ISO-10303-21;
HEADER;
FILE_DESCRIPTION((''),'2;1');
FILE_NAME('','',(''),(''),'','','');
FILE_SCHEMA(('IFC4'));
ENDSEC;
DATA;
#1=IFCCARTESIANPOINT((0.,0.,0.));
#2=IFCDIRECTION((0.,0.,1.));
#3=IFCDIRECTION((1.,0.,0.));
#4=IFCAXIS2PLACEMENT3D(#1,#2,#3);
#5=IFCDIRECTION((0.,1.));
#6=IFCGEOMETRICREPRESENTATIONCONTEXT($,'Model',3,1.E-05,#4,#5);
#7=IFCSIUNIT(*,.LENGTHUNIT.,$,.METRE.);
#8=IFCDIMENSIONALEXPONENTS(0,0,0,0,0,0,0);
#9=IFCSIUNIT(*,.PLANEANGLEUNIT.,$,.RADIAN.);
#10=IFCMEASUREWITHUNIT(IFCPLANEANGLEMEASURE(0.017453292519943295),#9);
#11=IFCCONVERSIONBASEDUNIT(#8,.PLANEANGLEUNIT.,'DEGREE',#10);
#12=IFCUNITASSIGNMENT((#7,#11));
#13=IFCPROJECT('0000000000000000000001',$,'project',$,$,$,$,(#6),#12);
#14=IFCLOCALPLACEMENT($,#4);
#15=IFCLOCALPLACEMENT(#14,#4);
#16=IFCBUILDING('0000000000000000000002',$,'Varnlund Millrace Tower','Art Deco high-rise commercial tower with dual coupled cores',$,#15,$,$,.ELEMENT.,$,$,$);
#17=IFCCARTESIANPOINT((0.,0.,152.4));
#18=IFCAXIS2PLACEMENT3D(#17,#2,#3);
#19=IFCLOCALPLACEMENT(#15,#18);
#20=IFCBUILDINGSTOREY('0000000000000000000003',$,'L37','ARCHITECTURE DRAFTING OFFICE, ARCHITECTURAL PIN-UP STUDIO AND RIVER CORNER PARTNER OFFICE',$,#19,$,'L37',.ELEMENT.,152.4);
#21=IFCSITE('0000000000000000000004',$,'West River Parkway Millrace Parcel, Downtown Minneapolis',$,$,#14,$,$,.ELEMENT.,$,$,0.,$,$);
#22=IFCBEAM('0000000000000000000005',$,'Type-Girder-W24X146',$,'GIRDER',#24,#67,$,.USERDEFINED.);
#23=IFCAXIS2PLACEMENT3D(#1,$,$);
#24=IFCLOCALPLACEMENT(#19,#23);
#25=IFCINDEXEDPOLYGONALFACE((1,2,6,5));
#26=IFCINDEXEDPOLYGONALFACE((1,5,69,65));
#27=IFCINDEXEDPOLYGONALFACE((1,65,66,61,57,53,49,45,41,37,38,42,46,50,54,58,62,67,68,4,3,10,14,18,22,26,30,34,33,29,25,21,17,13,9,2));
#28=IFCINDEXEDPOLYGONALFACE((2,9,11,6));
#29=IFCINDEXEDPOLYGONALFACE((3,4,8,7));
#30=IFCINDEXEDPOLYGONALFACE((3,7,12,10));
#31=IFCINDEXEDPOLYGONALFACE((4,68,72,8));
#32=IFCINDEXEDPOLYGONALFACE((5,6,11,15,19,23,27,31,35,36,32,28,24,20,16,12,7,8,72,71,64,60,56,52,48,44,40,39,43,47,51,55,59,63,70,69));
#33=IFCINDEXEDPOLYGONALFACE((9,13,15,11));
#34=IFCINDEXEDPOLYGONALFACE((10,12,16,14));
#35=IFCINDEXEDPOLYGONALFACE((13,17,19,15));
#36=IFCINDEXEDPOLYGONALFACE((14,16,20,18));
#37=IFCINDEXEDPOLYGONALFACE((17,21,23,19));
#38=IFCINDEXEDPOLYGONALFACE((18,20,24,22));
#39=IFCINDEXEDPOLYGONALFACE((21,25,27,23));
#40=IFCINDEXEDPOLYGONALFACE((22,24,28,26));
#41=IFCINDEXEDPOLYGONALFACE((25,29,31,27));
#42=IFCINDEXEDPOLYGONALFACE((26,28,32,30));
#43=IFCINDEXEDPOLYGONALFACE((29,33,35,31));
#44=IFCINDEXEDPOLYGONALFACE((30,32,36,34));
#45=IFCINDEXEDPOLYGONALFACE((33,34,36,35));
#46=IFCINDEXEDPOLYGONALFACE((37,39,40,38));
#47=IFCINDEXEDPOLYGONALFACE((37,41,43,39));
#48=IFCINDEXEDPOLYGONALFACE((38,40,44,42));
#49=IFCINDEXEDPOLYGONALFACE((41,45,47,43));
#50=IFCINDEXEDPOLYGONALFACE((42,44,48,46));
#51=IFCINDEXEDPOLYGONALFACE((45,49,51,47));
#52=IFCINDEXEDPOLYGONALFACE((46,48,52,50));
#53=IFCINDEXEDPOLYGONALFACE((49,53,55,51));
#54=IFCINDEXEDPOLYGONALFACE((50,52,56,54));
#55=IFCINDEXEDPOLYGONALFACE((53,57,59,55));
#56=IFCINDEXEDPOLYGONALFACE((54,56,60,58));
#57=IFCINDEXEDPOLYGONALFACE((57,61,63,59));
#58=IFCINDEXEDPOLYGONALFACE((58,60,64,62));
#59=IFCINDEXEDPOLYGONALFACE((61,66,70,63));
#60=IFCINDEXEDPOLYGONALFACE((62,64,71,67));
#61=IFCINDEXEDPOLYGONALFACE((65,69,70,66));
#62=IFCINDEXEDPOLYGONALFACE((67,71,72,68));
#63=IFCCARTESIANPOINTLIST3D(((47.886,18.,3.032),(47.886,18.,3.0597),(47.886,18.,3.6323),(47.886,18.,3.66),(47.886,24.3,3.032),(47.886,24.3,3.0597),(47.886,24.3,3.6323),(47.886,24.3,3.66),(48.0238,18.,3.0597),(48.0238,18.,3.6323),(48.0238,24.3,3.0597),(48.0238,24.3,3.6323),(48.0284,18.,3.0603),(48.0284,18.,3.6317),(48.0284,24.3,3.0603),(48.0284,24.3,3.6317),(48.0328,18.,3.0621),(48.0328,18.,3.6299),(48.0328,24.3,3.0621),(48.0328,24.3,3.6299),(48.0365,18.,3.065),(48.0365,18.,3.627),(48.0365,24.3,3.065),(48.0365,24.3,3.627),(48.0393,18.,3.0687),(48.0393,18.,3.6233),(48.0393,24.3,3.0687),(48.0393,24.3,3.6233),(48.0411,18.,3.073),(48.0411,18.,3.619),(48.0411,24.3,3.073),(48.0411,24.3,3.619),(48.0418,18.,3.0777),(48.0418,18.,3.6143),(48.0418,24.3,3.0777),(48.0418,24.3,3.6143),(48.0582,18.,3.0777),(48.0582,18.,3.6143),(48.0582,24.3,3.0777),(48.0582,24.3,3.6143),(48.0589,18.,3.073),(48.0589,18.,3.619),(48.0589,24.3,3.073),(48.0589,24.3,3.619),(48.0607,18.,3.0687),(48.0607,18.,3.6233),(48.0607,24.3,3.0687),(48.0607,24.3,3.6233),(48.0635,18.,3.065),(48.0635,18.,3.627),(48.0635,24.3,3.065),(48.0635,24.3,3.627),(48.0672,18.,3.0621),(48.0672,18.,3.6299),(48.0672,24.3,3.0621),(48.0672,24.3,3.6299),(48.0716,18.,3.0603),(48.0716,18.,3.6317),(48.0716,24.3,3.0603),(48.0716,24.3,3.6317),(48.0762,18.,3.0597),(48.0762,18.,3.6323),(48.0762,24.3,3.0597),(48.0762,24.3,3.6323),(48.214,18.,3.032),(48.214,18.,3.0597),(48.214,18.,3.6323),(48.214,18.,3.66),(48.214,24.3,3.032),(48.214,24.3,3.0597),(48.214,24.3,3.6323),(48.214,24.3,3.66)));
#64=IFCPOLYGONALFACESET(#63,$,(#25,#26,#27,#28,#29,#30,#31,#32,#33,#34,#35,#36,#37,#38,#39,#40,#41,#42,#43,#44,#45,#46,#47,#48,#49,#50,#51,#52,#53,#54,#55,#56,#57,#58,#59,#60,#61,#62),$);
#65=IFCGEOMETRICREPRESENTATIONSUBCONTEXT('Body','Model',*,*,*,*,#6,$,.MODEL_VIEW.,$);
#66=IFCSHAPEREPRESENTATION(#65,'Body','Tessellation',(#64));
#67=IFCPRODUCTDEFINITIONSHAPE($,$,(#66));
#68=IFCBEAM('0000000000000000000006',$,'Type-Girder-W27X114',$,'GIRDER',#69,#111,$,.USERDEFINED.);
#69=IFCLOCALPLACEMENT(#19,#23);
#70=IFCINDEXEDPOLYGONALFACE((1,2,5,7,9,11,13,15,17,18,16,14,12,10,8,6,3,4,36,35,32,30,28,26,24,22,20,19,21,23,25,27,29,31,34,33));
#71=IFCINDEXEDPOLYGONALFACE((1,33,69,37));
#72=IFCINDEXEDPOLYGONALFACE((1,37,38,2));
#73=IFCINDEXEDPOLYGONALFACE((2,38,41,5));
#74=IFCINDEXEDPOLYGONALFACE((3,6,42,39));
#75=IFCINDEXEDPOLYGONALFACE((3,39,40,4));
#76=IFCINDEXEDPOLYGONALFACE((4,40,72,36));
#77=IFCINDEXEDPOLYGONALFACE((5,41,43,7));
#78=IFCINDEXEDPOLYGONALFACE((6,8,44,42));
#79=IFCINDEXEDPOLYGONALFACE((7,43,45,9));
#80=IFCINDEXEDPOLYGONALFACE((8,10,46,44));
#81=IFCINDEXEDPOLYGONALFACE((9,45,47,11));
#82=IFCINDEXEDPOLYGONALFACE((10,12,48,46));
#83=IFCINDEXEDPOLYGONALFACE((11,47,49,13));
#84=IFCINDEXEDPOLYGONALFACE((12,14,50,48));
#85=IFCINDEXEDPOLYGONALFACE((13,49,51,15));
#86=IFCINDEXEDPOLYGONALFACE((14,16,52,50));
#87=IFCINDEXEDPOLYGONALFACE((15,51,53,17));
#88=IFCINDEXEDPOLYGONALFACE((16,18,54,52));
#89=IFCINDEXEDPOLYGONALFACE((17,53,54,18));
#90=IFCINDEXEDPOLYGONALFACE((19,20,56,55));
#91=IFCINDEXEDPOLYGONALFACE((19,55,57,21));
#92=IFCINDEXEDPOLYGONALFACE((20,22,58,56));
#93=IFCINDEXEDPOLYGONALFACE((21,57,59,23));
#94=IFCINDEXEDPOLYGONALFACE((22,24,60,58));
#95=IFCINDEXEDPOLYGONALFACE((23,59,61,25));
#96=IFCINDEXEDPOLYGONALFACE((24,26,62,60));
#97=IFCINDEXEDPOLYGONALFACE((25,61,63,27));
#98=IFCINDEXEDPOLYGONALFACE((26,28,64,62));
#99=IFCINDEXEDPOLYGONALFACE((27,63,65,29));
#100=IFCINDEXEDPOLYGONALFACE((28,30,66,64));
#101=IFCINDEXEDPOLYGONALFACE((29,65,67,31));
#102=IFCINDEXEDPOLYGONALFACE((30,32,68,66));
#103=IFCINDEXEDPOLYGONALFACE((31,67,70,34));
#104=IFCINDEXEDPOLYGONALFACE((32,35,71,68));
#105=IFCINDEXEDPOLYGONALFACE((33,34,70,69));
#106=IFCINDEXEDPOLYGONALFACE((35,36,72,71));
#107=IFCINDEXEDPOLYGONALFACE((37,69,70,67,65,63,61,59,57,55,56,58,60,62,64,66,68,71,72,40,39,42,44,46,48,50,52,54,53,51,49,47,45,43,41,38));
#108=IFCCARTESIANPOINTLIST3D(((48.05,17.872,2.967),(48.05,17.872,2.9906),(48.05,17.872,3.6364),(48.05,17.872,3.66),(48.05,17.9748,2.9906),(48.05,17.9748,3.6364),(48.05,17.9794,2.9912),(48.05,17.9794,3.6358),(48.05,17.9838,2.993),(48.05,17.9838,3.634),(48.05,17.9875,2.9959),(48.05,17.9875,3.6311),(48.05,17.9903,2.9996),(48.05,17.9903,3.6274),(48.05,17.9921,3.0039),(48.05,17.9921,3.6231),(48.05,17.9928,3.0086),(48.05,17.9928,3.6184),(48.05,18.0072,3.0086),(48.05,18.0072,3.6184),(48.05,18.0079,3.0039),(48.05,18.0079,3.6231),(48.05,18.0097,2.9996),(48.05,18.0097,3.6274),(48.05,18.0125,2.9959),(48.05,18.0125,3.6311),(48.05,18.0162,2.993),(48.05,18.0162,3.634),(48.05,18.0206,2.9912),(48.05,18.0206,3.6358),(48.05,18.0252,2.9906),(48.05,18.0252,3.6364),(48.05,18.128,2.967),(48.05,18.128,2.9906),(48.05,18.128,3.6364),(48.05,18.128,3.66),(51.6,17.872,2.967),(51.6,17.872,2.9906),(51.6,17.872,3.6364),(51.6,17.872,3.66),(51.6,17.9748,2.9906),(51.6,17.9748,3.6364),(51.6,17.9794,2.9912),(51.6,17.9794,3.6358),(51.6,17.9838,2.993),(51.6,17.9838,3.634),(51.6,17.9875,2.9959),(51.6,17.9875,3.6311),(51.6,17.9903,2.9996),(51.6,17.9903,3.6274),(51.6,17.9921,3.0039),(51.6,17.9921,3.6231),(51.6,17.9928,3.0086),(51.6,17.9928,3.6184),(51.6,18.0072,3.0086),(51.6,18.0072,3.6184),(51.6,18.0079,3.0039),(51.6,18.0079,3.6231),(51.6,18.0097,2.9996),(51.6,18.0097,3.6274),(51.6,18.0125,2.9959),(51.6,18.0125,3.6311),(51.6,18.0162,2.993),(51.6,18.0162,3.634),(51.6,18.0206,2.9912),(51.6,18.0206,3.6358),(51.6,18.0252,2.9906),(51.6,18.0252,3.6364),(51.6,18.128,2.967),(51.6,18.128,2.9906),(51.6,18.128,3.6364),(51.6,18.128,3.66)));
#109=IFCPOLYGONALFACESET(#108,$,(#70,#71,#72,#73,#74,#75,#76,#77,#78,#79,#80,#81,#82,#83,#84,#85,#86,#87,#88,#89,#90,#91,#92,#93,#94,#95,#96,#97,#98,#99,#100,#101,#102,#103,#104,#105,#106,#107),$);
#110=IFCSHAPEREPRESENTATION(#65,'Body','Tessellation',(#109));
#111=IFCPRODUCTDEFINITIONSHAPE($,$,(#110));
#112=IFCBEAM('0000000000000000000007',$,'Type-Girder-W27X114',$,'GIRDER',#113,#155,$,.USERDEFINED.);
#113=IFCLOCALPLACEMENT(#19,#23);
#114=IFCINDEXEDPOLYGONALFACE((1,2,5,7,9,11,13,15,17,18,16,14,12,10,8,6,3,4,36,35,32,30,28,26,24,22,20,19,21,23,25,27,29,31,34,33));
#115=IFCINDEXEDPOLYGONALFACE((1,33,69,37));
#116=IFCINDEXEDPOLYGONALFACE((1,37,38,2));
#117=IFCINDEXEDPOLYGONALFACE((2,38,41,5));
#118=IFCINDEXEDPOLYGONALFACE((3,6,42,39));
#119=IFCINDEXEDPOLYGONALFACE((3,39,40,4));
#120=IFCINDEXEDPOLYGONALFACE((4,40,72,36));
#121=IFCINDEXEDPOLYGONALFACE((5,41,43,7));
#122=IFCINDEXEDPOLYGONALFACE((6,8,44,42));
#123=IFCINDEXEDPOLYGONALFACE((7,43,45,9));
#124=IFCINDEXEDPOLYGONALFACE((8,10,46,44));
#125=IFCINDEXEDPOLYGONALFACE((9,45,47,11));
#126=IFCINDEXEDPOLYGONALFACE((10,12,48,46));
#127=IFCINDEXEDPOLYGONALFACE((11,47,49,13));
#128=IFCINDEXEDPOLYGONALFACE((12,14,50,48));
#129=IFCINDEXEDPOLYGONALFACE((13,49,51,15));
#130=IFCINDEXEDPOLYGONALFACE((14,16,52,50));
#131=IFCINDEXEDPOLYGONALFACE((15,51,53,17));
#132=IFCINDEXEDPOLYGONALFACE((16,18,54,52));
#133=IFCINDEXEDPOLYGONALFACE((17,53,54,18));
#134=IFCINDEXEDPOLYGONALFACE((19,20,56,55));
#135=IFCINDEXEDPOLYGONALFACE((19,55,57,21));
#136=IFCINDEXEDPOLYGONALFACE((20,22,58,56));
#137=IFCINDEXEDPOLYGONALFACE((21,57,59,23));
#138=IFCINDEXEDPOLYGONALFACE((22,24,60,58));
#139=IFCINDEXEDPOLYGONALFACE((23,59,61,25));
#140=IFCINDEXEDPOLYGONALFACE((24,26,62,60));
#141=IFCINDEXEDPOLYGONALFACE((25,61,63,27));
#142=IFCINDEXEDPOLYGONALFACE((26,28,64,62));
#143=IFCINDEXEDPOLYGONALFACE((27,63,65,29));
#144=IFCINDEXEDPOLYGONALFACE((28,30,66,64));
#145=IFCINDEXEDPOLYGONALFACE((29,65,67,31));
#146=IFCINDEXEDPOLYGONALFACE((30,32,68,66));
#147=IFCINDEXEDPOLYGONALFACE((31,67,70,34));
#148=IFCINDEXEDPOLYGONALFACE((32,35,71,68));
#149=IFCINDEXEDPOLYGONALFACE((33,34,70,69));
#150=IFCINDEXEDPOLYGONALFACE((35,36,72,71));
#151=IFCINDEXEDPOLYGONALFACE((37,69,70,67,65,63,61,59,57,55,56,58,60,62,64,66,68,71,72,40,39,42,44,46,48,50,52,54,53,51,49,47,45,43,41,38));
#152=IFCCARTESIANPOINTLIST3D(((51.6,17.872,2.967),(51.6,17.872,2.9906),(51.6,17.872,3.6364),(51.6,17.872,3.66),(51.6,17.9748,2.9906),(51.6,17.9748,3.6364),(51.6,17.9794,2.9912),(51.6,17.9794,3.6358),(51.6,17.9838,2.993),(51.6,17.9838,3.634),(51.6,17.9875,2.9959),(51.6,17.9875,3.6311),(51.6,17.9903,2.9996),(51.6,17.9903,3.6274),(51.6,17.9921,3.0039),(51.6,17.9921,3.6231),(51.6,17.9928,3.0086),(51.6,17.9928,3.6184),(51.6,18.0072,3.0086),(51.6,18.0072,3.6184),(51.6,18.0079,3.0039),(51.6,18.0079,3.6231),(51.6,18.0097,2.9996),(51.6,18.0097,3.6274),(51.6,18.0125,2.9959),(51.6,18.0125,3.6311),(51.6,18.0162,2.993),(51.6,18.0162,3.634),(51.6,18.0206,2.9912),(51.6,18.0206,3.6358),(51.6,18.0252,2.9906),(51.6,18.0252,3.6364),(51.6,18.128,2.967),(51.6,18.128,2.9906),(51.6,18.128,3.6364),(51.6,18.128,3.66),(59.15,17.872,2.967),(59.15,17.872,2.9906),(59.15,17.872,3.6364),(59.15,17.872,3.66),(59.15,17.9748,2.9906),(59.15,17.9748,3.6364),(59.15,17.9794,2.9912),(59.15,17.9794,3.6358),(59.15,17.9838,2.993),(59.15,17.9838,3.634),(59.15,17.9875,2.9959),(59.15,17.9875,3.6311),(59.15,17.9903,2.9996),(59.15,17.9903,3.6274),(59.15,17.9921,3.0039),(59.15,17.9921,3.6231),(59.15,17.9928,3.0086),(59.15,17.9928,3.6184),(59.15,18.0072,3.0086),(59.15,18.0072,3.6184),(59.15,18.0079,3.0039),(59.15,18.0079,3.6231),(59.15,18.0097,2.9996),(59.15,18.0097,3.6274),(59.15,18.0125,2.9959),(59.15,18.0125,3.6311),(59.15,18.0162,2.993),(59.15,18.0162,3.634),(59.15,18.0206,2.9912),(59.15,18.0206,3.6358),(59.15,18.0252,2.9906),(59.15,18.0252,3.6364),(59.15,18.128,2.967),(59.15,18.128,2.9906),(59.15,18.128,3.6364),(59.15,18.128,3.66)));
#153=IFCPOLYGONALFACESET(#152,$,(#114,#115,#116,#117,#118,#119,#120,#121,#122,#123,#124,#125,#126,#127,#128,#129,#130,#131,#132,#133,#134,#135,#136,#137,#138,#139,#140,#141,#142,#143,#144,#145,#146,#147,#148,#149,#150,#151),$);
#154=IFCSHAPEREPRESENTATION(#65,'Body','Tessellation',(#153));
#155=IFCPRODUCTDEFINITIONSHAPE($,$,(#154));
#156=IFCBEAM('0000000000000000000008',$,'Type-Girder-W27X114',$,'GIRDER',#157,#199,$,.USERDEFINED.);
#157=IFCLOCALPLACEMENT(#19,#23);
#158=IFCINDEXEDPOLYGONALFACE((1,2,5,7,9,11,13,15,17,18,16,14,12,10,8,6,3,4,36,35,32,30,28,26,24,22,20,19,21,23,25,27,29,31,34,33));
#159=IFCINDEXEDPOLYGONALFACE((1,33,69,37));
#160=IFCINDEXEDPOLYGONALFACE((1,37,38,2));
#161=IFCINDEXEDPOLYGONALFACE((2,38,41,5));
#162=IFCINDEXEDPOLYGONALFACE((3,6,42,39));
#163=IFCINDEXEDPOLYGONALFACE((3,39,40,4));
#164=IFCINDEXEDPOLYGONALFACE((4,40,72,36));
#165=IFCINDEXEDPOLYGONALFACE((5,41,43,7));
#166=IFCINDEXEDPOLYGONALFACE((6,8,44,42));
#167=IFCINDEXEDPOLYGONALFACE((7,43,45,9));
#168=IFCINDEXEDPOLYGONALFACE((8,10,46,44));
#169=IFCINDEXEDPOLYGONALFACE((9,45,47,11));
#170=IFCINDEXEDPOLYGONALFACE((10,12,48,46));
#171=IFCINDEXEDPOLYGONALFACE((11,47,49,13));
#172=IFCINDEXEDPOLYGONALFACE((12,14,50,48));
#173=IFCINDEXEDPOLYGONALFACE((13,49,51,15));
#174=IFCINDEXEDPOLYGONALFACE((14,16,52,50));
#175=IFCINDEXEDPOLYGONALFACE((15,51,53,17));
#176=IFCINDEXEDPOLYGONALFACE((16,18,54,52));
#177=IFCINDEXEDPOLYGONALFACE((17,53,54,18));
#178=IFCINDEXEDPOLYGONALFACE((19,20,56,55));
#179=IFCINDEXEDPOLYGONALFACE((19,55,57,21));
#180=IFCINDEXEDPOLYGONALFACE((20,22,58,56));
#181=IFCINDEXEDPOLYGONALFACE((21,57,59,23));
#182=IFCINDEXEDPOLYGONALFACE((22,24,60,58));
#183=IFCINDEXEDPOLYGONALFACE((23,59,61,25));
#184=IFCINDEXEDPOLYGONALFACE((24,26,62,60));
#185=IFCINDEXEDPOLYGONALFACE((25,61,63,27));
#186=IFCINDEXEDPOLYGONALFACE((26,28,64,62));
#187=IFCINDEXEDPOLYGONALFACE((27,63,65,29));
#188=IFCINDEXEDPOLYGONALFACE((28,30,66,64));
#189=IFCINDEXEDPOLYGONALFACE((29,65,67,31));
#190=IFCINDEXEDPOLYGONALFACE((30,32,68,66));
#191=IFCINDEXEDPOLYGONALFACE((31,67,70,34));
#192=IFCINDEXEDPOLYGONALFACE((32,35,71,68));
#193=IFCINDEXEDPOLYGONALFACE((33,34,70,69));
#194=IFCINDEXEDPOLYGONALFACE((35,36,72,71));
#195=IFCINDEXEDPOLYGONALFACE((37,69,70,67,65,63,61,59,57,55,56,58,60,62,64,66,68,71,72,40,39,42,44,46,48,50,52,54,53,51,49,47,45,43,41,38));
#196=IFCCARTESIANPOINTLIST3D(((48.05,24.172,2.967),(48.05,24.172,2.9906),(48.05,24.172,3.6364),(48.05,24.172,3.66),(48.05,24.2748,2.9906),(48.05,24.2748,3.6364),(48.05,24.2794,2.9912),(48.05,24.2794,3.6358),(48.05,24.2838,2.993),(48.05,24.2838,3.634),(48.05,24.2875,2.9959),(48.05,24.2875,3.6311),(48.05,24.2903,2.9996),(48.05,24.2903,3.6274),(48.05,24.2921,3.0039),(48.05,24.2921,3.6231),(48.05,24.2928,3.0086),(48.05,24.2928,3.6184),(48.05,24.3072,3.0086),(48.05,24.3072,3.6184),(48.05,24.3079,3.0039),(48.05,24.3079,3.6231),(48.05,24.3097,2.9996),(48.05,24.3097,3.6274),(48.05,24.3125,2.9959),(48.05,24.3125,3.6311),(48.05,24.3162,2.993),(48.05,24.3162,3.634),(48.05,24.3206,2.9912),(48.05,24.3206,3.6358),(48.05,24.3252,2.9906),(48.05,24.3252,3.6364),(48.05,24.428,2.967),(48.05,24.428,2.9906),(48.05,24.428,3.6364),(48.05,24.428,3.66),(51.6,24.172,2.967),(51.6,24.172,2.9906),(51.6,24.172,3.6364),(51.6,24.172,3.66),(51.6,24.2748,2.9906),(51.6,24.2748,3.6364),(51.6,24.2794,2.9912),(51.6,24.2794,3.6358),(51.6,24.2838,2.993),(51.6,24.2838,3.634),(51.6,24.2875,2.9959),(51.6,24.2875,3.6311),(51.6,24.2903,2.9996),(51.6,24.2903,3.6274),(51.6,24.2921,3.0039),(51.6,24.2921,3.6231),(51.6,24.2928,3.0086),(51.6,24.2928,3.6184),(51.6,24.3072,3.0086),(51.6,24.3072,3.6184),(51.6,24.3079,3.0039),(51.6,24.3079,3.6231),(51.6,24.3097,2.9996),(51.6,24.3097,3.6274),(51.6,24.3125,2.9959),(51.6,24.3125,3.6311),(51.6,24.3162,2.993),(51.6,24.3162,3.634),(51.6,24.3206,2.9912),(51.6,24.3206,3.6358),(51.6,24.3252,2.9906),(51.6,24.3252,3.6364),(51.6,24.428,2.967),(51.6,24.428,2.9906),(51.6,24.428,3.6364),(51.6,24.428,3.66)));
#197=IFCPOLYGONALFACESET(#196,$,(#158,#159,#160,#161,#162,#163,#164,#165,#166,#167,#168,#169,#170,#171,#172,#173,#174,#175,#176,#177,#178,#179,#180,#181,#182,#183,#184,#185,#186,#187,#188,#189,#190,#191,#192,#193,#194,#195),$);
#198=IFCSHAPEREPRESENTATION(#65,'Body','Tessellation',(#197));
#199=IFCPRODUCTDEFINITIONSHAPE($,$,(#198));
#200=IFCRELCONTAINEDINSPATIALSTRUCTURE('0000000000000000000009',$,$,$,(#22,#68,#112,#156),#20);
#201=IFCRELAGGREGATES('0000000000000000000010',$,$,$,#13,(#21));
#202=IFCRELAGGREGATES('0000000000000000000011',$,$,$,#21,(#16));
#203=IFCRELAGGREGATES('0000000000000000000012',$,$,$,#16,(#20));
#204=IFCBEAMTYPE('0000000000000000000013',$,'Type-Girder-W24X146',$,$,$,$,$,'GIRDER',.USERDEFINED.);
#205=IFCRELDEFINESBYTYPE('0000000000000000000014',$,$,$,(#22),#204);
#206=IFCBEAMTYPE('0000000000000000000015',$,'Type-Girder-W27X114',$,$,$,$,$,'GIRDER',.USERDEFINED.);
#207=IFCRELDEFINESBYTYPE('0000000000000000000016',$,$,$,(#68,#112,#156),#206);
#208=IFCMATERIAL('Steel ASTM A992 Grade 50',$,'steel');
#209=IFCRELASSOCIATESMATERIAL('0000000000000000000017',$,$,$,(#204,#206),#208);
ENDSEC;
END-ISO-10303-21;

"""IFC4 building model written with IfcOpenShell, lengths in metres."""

from ifc_helpers import new_model, entity, si_unit, converted_unit, direction, frame, origin_with_axes, origin_2d_with_axis, place, context, subcontext, project, spatial, i_section, extrude, material, material_profile, profile_set, type_object, element, save


model = new_model("IFC4")

# Units and contexts
model_context = context("Model", 3, precision=1e-05, world=origin_with_axes(), true_north=direction((0.0, 1.0)))
body_context = subcontext(model_context, "Body", "Model", "MODEL_VIEW")
ifc_project = project(units=[si_unit("LENGTHUNIT", "METRE"), converted_unit("PLANEANGLEUNIT", "DEGREE", entity("IfcPlaneAngleMeasure", 0.017453292519943295), si_unit("PLANEANGLEUNIT", "RADIAN"), dimensions=[0, 0, 0, 0, 0, 0, 0])], contexts=[model_context])

# Site, building, storey
site_placement = place(None, origin_with_axes())
site = spatial("IfcSite", under=ifc_project, at=site_placement, Name="West River Parkway Millrace Parcel, Downtown Minneapolis", CompositionType="ELEMENT", RefElevation=0.0)
building_placement = place(site_placement, origin_with_axes())
building = spatial("IfcBuilding", under=site, at=building_placement, Name="Varnlund Millrace Tower", Description="Art Deco high-rise commercial tower with dual coupled cores", CompositionType="ELEMENT")
storey_placement = place(building_placement, frame((0.0, 0.0, 152.4), z_axis=(0.0, 0.0, 1.0), x_axis=(1.0, 0.0, 0.0)))
storey = spatial("IfcBuildingStorey", under=building, at=storey_placement, Name="L37", Description="ARCHITECTURE DRAFTING OFFICE, ARCHITECTURAL PIN-UP STUDIO AND RIVER CORNER PARTNER OFFICE", LongName="L37", CompositionType="ELEMENT", Elevation=152.4)

# Beams
ifc_material_1 = material(Name="Steel ASTM A992 Grade 50", Category="steel")
ifc_material_profile_1 = material_profile(ifc_material_1, i_section(OverallWidth=0.328, OverallDepth=0.628, WebThickness=0.0165, FlangeThickness=0.0277, FilletRadius=0.018, at=origin_2d_with_axis()), Name="Steel ASTM A992 Grade 50")
ifc_profile_set_1 = profile_set([ifc_material_profile_1], Name="Steel ASTM A992 Grade 50")
beam_type_1 = type_object("IfcBeamType", Name="Type-Girder-W24X146", ElementType="GIRDER", PredefinedType="USERDEFINED", material=ifc_profile_set_1)
beam_1_placement = place(storey_placement, frame((48.05, 18.0, 3.346), z_axis=(0.0, 1.0, 0.0), x_axis=(-1.0, 0.0, 0.0)))
element("IfcBeam", 1, at=beam_1_placement, inside=storey, type_object=beam_type_1, Name="Type-Girder-W24X146", ObjectType="GIRDER", PredefinedType="USERDEFINED", context=body_context, shape_type="SweptSolid", body=[
    extrude(i_section(OverallWidth=0.328, OverallDepth=0.628, WebThickness=0.0165, FlangeThickness=0.0277, FilletRadius=0.018, at=origin_2d_with_axis()), origin_with_axes(), (0.0, 0.0, 1.0), 6.3),
])
ifc_material_profile_2 = material_profile(ifc_material_1, i_section(OverallWidth=0.256, OverallDepth=0.693, WebThickness=0.0145, FlangeThickness=0.0236, FilletRadius=0.018, at=origin_2d_with_axis()), Name="Steel ASTM A992 Grade 50")
ifc_profile_set_2 = profile_set([ifc_material_profile_2], Name="Steel ASTM A992 Grade 50")
beam_type_2 = type_object("IfcBeamType", Name="Type-Girder-W27X114", ElementType="GIRDER", PredefinedType="USERDEFINED", material=ifc_profile_set_2)
beam_2_placement = place(storey_placement, frame((48.05, 18.0, 3.3135), z_axis=(1.0, 0.0, 0.0), x_axis=(0.0, 1.0, 0.0)))
element("IfcBeam", 2, at=beam_2_placement, inside=storey, type_object=beam_type_2, Name="Type-Girder-W27X114", ObjectType="GIRDER", PredefinedType="USERDEFINED", context=body_context, shape_type="SweptSolid", body=[
    extrude(i_section(OverallWidth=0.256, OverallDepth=0.693, WebThickness=0.0145, FlangeThickness=0.0236, FilletRadius=0.018, at=origin_2d_with_axis()), origin_with_axes(), (0.0, 0.0, 1.0), 3.55),
])
beam_3_placement = place(storey_placement, frame((51.6, 18.0, 3.3135), z_axis=(1.0, 0.0, 0.0), x_axis=(0.0, 1.0, 0.0)))
element("IfcBeam", 3, at=beam_3_placement, inside=storey, type_object=beam_type_2, Name="Type-Girder-W27X114", ObjectType="GIRDER", PredefinedType="USERDEFINED", context=body_context, shape_type="SweptSolid", body=[
    extrude(i_section(OverallWidth=0.256, OverallDepth=0.693, WebThickness=0.0145, FlangeThickness=0.0236, FilletRadius=0.018, at=origin_2d_with_axis()), origin_with_axes(), (0.0, 0.0, 1.0), 7.55),
])
beam_4_placement = place(storey_placement, frame((48.05, 24.3, 3.3135), z_axis=(1.0, 0.0, 0.0), x_axis=(0.0, 1.0, 0.0)))
element("IfcBeam", 4, at=beam_4_placement, inside=storey, type_object=beam_type_2, Name="Type-Girder-W27X114", ObjectType="GIRDER", PredefinedType="USERDEFINED", context=body_context, shape_type="SweptSolid", body=[
    extrude(i_section(OverallWidth=0.256, OverallDepth=0.693, WebThickness=0.0145, FlangeThickness=0.0236, FilletRadius=0.018, at=origin_2d_with_axis()), origin_with_axes(), (0.0, 0.0, 1.0), 3.55),
])

save(model, "model.ifc")
